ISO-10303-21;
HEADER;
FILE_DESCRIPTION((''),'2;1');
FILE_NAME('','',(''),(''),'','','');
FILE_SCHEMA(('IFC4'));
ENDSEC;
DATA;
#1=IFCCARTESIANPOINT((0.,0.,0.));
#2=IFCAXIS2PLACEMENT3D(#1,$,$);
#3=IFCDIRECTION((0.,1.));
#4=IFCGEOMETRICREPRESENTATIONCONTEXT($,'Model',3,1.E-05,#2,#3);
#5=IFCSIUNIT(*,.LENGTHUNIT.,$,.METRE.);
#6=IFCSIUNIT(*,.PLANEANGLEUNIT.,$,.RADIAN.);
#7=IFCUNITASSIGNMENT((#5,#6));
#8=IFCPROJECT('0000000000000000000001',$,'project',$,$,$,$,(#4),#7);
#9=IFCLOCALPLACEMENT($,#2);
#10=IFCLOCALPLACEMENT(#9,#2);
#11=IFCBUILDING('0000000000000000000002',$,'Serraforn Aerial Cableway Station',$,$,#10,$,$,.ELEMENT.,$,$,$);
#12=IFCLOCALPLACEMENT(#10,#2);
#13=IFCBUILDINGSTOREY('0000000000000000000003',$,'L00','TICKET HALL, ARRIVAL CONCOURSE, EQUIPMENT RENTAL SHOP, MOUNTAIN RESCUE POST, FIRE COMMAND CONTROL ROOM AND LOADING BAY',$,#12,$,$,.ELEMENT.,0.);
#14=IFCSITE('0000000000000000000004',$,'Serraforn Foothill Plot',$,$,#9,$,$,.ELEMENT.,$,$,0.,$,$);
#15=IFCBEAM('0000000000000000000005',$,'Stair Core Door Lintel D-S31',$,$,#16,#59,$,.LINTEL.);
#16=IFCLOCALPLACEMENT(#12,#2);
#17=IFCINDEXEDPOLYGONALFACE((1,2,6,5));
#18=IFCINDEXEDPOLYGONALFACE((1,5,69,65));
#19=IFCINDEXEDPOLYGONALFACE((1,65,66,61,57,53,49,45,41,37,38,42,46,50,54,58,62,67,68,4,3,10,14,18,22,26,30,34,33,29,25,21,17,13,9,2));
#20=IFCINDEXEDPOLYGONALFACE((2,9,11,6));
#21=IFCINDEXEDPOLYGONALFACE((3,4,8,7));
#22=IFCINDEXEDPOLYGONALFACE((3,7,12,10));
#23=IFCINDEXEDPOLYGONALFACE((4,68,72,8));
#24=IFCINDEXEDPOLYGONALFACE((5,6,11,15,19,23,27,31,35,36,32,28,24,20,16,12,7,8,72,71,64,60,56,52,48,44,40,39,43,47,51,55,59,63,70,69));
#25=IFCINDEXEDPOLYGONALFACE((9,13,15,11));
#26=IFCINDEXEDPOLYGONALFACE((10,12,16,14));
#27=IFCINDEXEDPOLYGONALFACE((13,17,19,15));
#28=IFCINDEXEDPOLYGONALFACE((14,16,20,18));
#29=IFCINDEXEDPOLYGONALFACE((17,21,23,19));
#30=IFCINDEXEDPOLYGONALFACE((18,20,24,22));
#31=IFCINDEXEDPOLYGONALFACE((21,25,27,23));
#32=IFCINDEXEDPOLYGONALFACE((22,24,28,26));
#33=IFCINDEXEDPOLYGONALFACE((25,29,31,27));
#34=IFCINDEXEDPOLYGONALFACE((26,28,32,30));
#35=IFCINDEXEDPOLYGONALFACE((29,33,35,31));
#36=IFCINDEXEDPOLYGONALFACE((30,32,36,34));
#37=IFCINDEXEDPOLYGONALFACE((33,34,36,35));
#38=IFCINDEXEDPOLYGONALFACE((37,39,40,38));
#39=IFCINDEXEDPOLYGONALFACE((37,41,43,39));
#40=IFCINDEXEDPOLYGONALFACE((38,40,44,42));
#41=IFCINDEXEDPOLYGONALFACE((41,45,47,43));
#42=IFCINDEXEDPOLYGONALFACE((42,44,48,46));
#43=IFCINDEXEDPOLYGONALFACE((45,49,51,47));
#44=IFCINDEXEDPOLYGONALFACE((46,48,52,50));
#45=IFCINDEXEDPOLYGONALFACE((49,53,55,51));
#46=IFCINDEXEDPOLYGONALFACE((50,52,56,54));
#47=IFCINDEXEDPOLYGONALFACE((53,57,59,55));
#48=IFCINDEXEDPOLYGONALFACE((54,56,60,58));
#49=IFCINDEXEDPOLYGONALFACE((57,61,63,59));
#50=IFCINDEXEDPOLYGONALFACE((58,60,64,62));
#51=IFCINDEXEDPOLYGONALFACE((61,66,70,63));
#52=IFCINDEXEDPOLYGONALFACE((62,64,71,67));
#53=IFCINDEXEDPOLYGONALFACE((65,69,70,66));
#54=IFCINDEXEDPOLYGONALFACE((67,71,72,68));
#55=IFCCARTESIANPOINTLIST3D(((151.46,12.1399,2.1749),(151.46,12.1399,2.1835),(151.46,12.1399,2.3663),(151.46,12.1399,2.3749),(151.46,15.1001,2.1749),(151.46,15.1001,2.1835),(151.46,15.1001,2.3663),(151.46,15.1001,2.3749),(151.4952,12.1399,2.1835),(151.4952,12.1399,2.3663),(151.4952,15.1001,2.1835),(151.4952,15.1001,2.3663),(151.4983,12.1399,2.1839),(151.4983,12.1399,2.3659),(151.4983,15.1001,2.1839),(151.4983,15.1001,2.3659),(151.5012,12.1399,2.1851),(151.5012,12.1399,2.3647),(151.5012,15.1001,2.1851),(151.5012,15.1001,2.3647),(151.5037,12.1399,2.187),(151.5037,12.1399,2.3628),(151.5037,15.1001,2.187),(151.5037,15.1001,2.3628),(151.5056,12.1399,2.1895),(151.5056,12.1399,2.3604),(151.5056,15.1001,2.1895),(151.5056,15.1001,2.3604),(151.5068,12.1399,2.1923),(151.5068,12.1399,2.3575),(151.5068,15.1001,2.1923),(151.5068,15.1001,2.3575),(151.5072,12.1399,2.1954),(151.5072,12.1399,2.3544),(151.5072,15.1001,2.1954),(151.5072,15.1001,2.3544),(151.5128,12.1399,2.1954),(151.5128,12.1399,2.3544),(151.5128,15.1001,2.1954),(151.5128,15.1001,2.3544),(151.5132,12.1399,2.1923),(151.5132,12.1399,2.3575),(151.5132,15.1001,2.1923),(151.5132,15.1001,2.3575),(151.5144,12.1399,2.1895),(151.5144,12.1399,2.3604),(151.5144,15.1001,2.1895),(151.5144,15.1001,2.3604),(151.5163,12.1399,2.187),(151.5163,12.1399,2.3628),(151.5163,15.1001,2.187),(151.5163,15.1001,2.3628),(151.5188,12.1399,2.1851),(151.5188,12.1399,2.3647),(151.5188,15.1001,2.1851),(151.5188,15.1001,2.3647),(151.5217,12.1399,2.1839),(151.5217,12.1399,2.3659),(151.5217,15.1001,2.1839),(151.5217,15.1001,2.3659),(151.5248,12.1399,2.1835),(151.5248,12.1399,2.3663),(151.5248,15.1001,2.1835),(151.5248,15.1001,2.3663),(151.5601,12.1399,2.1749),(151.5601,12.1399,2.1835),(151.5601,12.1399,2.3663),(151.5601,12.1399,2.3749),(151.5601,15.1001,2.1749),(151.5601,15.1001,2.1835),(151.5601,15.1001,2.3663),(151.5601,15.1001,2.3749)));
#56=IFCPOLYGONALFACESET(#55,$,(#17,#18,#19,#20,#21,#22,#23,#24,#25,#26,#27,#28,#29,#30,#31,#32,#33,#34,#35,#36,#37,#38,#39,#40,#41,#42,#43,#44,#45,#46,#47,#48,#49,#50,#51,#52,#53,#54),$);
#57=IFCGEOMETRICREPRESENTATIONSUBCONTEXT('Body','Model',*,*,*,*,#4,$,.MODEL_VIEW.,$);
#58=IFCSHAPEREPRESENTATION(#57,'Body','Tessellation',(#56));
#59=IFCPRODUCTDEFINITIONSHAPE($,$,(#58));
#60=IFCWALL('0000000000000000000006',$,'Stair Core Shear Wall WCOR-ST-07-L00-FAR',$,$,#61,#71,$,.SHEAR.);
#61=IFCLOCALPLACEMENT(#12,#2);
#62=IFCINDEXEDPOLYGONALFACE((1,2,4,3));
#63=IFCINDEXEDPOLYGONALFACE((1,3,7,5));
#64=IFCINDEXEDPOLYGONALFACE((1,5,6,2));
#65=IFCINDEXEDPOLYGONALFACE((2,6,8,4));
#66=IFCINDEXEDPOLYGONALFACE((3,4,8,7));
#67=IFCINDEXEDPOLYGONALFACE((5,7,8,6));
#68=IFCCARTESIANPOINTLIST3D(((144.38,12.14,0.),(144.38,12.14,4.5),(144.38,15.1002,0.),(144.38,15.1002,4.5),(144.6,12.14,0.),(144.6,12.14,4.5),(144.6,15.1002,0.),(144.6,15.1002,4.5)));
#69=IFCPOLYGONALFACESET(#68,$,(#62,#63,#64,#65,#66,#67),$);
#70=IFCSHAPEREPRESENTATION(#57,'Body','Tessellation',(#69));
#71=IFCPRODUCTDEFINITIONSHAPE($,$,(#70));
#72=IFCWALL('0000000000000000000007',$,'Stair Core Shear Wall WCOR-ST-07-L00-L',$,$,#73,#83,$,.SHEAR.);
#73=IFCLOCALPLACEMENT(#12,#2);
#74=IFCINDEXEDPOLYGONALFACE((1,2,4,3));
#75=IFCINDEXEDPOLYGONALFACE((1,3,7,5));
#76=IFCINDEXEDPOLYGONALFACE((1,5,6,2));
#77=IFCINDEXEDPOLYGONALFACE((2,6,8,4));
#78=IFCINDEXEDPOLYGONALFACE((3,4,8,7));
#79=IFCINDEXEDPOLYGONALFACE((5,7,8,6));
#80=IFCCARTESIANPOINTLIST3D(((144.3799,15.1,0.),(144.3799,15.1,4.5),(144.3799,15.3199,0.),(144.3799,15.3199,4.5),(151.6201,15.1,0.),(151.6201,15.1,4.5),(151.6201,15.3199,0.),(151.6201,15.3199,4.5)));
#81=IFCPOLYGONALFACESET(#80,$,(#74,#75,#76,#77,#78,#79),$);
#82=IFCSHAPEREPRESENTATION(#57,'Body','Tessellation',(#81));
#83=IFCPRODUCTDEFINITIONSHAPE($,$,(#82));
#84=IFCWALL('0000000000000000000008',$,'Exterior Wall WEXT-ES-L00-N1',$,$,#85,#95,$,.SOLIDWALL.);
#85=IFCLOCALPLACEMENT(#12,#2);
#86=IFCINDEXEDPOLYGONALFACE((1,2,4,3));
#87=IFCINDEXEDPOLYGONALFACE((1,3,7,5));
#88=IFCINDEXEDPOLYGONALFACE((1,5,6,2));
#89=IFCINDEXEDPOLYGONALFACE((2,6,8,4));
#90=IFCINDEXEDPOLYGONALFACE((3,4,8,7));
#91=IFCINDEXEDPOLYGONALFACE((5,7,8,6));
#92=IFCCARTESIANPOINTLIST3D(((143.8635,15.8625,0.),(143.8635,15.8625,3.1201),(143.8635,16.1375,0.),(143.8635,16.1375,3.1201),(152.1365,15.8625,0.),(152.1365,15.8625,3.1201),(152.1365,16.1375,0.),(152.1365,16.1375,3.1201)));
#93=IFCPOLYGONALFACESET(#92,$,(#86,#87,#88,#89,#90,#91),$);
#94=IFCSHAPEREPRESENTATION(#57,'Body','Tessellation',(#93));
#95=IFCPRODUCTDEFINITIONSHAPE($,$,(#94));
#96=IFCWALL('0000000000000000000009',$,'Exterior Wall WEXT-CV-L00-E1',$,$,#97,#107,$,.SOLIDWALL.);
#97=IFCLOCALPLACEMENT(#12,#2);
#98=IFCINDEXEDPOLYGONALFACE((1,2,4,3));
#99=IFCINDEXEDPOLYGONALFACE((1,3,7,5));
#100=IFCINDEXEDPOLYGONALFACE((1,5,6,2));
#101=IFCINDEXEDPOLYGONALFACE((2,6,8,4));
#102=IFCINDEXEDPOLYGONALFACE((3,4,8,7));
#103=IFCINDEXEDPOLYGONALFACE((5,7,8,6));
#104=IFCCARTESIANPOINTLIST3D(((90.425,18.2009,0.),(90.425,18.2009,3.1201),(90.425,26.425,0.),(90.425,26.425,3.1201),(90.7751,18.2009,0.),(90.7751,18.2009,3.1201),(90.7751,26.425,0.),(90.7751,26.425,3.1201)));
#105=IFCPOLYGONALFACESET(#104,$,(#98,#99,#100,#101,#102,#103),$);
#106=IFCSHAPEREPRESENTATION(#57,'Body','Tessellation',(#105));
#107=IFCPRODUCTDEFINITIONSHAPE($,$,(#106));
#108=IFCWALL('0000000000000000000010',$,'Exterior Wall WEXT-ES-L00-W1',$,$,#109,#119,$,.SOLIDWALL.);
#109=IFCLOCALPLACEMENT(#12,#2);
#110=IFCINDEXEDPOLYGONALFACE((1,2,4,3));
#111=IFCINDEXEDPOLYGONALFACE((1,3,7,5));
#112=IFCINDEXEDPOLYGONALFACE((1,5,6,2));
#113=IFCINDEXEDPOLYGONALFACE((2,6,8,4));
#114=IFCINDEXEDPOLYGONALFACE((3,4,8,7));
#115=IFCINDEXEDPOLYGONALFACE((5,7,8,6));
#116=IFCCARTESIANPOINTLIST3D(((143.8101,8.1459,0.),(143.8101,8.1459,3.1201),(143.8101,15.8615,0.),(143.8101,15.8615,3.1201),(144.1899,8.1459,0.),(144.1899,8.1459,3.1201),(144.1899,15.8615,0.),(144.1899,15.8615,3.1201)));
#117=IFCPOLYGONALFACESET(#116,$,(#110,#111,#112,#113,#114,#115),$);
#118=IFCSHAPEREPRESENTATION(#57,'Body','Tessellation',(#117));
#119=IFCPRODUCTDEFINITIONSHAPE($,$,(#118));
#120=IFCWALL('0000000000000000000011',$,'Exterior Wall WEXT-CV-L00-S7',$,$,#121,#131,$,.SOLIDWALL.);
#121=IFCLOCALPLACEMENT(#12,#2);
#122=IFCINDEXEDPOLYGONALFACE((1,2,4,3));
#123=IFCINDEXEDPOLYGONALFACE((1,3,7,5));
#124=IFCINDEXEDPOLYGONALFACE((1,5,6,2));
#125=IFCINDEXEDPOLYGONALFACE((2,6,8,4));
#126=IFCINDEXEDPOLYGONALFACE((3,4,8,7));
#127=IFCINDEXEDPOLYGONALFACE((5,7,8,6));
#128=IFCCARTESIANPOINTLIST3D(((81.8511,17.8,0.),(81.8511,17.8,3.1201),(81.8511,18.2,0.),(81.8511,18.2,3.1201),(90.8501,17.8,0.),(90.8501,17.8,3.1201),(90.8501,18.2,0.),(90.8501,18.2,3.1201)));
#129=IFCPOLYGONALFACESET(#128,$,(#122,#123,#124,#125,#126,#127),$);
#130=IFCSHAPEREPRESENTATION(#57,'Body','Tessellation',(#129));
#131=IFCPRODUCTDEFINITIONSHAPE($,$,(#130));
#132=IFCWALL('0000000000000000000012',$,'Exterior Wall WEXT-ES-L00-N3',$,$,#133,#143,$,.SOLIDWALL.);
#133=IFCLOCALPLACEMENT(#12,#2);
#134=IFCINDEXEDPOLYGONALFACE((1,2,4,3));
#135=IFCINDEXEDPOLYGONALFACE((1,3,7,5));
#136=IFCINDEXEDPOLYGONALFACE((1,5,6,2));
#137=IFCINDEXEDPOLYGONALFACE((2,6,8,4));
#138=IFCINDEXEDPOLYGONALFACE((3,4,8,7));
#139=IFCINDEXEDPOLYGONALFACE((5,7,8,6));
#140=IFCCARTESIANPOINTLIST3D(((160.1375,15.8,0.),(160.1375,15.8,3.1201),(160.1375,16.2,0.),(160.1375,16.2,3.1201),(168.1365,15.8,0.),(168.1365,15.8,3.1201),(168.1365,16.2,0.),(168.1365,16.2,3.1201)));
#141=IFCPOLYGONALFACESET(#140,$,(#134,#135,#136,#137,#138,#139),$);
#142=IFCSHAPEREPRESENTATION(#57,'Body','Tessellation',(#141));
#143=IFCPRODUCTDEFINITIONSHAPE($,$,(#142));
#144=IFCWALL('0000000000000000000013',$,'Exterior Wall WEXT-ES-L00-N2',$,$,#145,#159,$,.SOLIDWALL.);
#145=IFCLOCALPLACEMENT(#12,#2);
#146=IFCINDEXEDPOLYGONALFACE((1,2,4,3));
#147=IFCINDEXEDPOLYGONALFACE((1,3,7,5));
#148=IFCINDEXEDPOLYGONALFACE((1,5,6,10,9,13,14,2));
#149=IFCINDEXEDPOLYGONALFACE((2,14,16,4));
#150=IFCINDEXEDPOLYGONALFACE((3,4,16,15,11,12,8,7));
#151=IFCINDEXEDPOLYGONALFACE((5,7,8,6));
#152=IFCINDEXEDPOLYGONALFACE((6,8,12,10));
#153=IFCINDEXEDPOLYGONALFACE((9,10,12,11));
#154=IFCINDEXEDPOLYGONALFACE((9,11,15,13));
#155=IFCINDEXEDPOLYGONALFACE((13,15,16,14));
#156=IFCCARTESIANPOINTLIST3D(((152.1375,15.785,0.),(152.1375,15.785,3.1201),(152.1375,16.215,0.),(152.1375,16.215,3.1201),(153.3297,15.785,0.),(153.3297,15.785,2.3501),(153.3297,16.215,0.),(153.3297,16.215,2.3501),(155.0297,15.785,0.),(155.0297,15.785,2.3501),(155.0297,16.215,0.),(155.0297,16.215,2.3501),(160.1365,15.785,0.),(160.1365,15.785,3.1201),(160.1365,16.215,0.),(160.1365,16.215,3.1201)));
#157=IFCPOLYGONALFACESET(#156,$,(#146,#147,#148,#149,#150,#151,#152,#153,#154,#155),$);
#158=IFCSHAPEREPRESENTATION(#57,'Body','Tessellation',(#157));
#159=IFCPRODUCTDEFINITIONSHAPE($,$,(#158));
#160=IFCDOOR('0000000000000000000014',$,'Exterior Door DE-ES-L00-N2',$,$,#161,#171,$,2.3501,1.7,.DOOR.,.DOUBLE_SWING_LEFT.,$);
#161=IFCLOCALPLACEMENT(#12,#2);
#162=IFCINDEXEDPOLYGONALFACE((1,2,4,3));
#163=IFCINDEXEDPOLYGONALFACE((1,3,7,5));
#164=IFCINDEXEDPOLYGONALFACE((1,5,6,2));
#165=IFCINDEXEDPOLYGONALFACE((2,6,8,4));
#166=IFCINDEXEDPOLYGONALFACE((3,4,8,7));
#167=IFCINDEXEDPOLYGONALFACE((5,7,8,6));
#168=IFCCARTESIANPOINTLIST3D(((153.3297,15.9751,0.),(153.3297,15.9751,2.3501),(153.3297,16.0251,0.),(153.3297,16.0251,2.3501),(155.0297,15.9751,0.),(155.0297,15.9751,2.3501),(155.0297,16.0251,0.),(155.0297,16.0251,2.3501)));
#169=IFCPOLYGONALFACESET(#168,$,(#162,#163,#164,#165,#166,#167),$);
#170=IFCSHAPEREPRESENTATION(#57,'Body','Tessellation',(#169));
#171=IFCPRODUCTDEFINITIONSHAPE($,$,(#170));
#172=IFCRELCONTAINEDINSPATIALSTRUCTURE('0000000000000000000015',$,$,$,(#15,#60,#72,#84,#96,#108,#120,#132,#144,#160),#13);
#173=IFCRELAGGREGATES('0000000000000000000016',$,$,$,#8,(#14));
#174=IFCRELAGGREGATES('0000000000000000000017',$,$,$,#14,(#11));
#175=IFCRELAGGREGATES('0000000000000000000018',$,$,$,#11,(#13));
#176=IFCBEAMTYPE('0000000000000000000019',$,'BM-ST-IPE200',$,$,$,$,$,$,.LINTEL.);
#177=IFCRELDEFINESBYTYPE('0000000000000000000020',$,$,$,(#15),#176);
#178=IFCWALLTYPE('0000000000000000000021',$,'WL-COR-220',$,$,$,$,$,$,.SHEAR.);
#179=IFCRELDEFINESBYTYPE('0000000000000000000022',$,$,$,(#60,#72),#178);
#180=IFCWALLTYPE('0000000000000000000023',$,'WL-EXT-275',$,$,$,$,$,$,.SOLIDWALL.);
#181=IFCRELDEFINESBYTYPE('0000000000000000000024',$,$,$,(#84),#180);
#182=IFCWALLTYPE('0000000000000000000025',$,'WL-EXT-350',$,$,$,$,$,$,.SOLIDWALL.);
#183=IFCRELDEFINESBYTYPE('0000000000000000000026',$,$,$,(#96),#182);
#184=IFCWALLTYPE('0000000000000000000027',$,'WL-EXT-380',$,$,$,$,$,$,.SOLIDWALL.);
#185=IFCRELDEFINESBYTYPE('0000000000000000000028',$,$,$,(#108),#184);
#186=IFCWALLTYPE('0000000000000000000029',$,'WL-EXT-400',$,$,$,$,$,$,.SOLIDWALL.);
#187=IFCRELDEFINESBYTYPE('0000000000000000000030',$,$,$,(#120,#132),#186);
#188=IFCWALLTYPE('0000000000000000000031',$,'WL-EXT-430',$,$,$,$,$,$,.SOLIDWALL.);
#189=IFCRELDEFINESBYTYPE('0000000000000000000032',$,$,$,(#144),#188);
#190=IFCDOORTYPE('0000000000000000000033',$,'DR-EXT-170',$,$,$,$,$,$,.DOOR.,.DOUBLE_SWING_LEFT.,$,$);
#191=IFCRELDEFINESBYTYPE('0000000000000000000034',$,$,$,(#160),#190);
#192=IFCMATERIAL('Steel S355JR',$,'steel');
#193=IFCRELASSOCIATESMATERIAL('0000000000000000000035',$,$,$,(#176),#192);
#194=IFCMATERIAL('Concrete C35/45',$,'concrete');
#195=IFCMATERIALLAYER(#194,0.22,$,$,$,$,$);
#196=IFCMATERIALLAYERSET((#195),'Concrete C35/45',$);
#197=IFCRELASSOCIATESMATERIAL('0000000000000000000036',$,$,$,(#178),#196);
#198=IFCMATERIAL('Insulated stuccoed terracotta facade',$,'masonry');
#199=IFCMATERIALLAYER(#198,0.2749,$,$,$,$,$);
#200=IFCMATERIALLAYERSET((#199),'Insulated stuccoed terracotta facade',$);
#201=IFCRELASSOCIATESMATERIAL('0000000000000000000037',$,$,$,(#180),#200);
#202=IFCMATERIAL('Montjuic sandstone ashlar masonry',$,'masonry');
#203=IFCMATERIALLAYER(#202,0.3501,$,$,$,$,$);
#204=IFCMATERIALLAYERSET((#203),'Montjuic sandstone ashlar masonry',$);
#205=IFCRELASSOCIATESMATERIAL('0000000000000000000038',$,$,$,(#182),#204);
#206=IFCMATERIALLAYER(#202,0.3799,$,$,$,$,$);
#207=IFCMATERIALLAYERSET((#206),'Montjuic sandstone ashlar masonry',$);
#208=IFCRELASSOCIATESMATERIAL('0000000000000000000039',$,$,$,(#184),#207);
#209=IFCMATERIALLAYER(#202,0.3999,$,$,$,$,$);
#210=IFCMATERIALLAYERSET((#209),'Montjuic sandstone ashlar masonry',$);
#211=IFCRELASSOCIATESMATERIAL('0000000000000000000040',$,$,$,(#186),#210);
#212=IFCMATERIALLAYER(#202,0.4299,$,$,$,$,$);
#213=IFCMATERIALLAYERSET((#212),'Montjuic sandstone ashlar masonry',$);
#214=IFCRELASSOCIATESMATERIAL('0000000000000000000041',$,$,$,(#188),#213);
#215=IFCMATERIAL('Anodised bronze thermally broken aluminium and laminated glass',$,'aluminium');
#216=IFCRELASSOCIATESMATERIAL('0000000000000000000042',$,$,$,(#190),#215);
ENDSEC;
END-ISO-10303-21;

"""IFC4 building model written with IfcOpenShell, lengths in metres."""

from ifc_helpers import new_model, si_unit, direction, frame, frame_2d, origin, origin_2d, place, context, subcontext, project, spatial, rectangle, i_section, extrude, material, layer, layer_set, material_profile, profile_set, type_object, element, fill, save


model = new_model("IFC4")

# Units and contexts
model_context = context("Model", 3, precision=1e-05, world=origin(), true_north=direction((0.0, 1.0)))
body_context = subcontext(model_context, "Body", "Model", "MODEL_VIEW")
ifc_project = project(units=[si_unit("LENGTHUNIT", "METRE"), si_unit("PLANEANGLEUNIT", "RADIAN")], contexts=[model_context])

# Site, building, storey
site_placement = place(None, origin())
site = spatial("IfcSite", under=ifc_project, at=site_placement, Name="Serraforn Foothill Plot", CompositionType="ELEMENT", RefElevation=0.0)
building_placement = place(site_placement, origin())
building = spatial("IfcBuilding", under=site, at=building_placement, Name="Serraforn Aerial Cableway Station", CompositionType="ELEMENT")
storey_placement = place(building_placement, origin())
storey = spatial("IfcBuildingStorey", under=building, at=storey_placement, Name="L00", Description="TICKET HALL, ARRIVAL CONCOURSE, EQUIPMENT RENTAL SHOP, MOUNTAIN RESCUE POST, FIRE COMMAND CONTROL ROOM AND LOADING BAY", CompositionType="ELEMENT", Elevation=0.0)

# Shared definitions
ifc_material_1 = material(Name="Concrete C35/45", Category="concrete")

# Beam
ifc_material_2 = material(Name="Steel S355JR", Category="steel")
ifc_material_profile_1 = material_profile(ifc_material_2, i_section(OverallWidth=0.1001, OverallDepth=0.2, WebThickness=0.0056, FlangeThickness=0.0085, FilletRadius=0.012, at=origin_2d()), Name="IPE 200")
ifc_profile_set_1 = profile_set([ifc_material_profile_1], Name="Steel S355JR")
beam_type_1 = type_object("IfcBeamType", Name="BM-ST-IPE200", PredefinedType="LINTEL", material=ifc_profile_set_1)
beam_1_placement = place(storey_placement, frame((151.51, 15.1001, 2.2749), z_axis=(0.0, -1.0, 0.0), x_axis=(1.0, 0.0, 0.0)))
element("IfcBeam", 1, at=beam_1_placement, inside=storey, type_object=beam_type_1, Name="Stair Core Door Lintel D-S31", PredefinedType="LINTEL", context=body_context, shape_type="SweptSolid", body=[
    extrude(i_section(OverallWidth=0.1001, OverallDepth=0.2, WebThickness=0.0056, FlangeThickness=0.0085, FilletRadius=0.012, at=origin_2d()), origin(), (0.0, 0.0, 1.0), 2.9602),
])

# Shared definitions
ifc_layer_1 = layer(ifc_material_1, 0.22)
ifc_layer_set_1 = layer_set([ifc_layer_1], Name="Concrete C35/45")
wall_type_1 = type_object("IfcWallType", Name="WL-COR-220", PredefinedType="SHEAR", material=ifc_layer_set_1)

# Walls
wall_1_placement = place(storey_placement, frame((144.49, 15.1001, 0.0), z_axis=(0.0, 0.0, 1.0), x_axis=(0.0, -1.0, 0.0)))
element("IfcWall", 2, at=wall_1_placement, inside=storey, type_object=wall_type_1, Name="Stair Core Shear Wall WCOR-ST-07-L00-FAR", PredefinedType="SHEAR", context=body_context, shape_type="SweptSolid", body=[
    extrude(rectangle(XDim=2.9602, YDim=0.22, at=frame_2d((1.48, 0.0))), origin(), (0.0, 0.0, 1.0), 4.5),
])
wall_2_placement = place(storey_placement, frame((151.6201, 15.21, 0.0), z_axis=(0.0, 0.0, 1.0), x_axis=(-1.0, 0.0, 0.0)))
element("IfcWall", 3, at=wall_2_placement, inside=storey, type_object=wall_type_1, Name="Stair Core Shear Wall WCOR-ST-07-L00-L", PredefinedType="SHEAR", context=body_context, shape_type="SweptSolid", body=[
    extrude(rectangle(XDim=7.2402, YDim=0.22, at=frame_2d((3.6201, 0.0))), origin(), (0.0, 0.0, 1.0), 4.5),
])
ifc_material_3 = material(Name="Insulated stuccoed terracotta facade", Category="masonry")
ifc_layer_2 = layer(ifc_material_3, 0.2749)
ifc_layer_set_2 = layer_set([ifc_layer_2], Name="Insulated stuccoed terracotta facade")
wall_type_2 = type_object("IfcWallType", Name="WL-EXT-275", PredefinedType="SOLIDWALL", material=ifc_layer_set_2)
wall_3_placement = place(storey_placement, frame((152.1365, 16.0, 0.0), z_axis=(0.0, 0.0, 1.0), x_axis=(-1.0, 0.0, 0.0)))
element("IfcWall", 4, at=wall_3_placement, inside=storey, type_object=wall_type_2, Name="Exterior Wall WEXT-ES-L00-N1", PredefinedType="SOLIDWALL", context=body_context, shape_type="SweptSolid", body=[
    extrude(rectangle(XDim=8.2729, YDim=0.2749, at=frame_2d((4.1365, 0.0))), origin(), (0.0, 0.0, 1.0), 3.1201),
])
ifc_material_4 = material(Name="Montjuic sandstone ashlar masonry", Category="masonry")
ifc_layer_3 = layer(ifc_material_4, 0.3501)
ifc_layer_set_3 = layer_set([ifc_layer_3], Name="Montjuic sandstone ashlar masonry")
wall_type_3 = type_object("IfcWallType", Name="WL-EXT-350", PredefinedType="SOLIDWALL", material=ifc_layer_set_3)
wall_4_placement = place(storey_placement, frame((90.6001, 18.2009, 0.0), z_axis=(0.0, 0.0, 1.0), x_axis=(0.0, 1.0, 0.0)))
element("IfcWall", 5, at=wall_4_placement, inside=storey, type_object=wall_type_3, Name="Exterior Wall WEXT-CV-L00-E1", PredefinedType="SOLIDWALL", context=body_context, shape_type="SweptSolid", body=[
    extrude(rectangle(XDim=8.2241, YDim=0.3501, at=frame_2d((4.1121, 0.0))), origin(), (0.0, 0.0, 1.0), 3.1201),
])
ifc_layer_4 = layer(ifc_material_4, 0.3799)
ifc_layer_set_4 = layer_set([ifc_layer_4], Name="Montjuic sandstone ashlar masonry")
wall_type_4 = type_object("IfcWallType", Name="WL-EXT-380", PredefinedType="SOLIDWALL", material=ifc_layer_set_4)
wall_5_placement = place(storey_placement, frame((144.0, 15.8616, 0.0), z_axis=(0.0, 0.0, 1.0), x_axis=(0.0, -1.0, 0.0)))
element("IfcWall", 6, at=wall_5_placement, inside=storey, type_object=wall_type_4, Name="Exterior Wall WEXT-ES-L00-W1", PredefinedType="SOLIDWALL", context=body_context, shape_type="SweptSolid", body=[
    extrude(rectangle(XDim=7.7156, YDim=0.3799, at=frame_2d((3.8579, 0.0))), origin(), (0.0, 0.0, 1.0), 3.1201),
])
ifc_layer_5 = layer(ifc_material_4, 0.3999)
ifc_layer_set_5 = layer_set([ifc_layer_5], Name="Montjuic sandstone ashlar masonry")
wall_type_5 = type_object("IfcWallType", Name="WL-EXT-400", PredefinedType="SOLIDWALL", material=ifc_layer_set_5)
wall_6_placement = place(storey_placement, frame((81.8511, 18.0, 0.0), z_axis=(0.0, 0.0, 1.0), x_axis=(1.0, 0.0, 0.0)))
element("IfcWall", 7, at=wall_6_placement, inside=storey, type_object=wall_type_5, Name="Exterior Wall WEXT-CV-L00-S7", PredefinedType="SOLIDWALL", context=body_context, shape_type="SweptSolid", body=[
    extrude(rectangle(XDim=8.999, YDim=0.3999, at=frame_2d((4.4995, 0.0))), origin(), (0.0, 0.0, 1.0), 3.1201),
])
wall_7_placement = place(storey_placement, frame((168.1365, 16.0, 0.0), z_axis=(0.0, 0.0, 1.0), x_axis=(-1.0, 0.0, 0.0)))
element("IfcWall", 8, at=wall_7_placement, inside=storey, type_object=wall_type_5, Name="Exterior Wall WEXT-ES-L00-N3", PredefinedType="SOLIDWALL", context=body_context, shape_type="SweptSolid", body=[
    extrude(rectangle(XDim=7.999, YDim=0.3999, at=frame_2d((3.9995, 0.0))), origin(), (0.0, 0.0, 1.0), 3.1201),
])

# Wall, opening, door
ifc_layer_6 = layer(ifc_material_4, 0.4299)
ifc_layer_set_6 = layer_set([ifc_layer_6], Name="Montjuic sandstone ashlar masonry")
wall_type_6 = type_object("IfcWallType", Name="WL-EXT-430", PredefinedType="SOLIDWALL", material=ifc_layer_set_6)
wall_8_placement = place(storey_placement, frame((160.1365, 16.0, 0.0), z_axis=(0.0, 0.0, 1.0), x_axis=(-1.0, 0.0, 0.0)))
wall_8 = element("IfcWall", 9, at=wall_8_placement, inside=storey, type_object=wall_type_6, Name="Exterior Wall WEXT-ES-L00-N2", PredefinedType="SOLIDWALL", context=body_context, shape_type="SweptSolid", body=[
    extrude(rectangle(XDim=7.999, YDim=0.4299, at=frame_2d((3.9995, 0.0))), origin(), (0.0, 0.0, 1.0), 3.1201),
])
opening_1_placement = place(wall_8_placement, frame((5.1067, 0.0, 0.0)))
opening_1 = element("IfcOpeningElement", 10, at=opening_1_placement, cuts=wall_8, PredefinedType="OPENING", context=body_context, shape_type="SweptSolid", body=[
    extrude(rectangle(XDim=1.7, YDim=2.3501, at=frame_2d((0.8501, 1.175))), frame((0.0, 0.2249, 0.0), z_axis=(0.0, -1.0, 0.0), x_axis=(1.0, 0.0, 0.0)), (0.0, 0.0, 1.0), 0.45),
])
ifc_material_5 = material(Name="Anodised bronze thermally broken aluminium and laminated glass", Category="aluminium")
door_type_1 = type_object("IfcDoorType", Name="DR-EXT-170", OperationType="DOUBLE_SWING_LEFT", PredefinedType="DOOR", material=ifc_material_5)
door_1_placement = place(opening_1_placement, origin())
door_1 = element("IfcDoor", 11, at=door_1_placement, inside=storey, type_object=door_type_1, Name="Exterior Door DE-ES-L00-N2", OperationType="DOUBLE_SWING_LEFT", OverallHeight=2.3501, OverallWidth=1.7, PredefinedType="DOOR", context=body_context, shape_type="SweptSolid", body=[
    extrude(rectangle(XDim=1.7, YDim=2.3501, at=frame_2d((0.8501, 1.175))), frame((0.0, 0.0249, 0.0), z_axis=(0.0, -1.0, 0.0), x_axis=(1.0, 0.0, 0.0)), (0.0, 0.0, 1.0), 0.05),
])
fill(opening_1, door_1)

save(model, "model.ifc")
